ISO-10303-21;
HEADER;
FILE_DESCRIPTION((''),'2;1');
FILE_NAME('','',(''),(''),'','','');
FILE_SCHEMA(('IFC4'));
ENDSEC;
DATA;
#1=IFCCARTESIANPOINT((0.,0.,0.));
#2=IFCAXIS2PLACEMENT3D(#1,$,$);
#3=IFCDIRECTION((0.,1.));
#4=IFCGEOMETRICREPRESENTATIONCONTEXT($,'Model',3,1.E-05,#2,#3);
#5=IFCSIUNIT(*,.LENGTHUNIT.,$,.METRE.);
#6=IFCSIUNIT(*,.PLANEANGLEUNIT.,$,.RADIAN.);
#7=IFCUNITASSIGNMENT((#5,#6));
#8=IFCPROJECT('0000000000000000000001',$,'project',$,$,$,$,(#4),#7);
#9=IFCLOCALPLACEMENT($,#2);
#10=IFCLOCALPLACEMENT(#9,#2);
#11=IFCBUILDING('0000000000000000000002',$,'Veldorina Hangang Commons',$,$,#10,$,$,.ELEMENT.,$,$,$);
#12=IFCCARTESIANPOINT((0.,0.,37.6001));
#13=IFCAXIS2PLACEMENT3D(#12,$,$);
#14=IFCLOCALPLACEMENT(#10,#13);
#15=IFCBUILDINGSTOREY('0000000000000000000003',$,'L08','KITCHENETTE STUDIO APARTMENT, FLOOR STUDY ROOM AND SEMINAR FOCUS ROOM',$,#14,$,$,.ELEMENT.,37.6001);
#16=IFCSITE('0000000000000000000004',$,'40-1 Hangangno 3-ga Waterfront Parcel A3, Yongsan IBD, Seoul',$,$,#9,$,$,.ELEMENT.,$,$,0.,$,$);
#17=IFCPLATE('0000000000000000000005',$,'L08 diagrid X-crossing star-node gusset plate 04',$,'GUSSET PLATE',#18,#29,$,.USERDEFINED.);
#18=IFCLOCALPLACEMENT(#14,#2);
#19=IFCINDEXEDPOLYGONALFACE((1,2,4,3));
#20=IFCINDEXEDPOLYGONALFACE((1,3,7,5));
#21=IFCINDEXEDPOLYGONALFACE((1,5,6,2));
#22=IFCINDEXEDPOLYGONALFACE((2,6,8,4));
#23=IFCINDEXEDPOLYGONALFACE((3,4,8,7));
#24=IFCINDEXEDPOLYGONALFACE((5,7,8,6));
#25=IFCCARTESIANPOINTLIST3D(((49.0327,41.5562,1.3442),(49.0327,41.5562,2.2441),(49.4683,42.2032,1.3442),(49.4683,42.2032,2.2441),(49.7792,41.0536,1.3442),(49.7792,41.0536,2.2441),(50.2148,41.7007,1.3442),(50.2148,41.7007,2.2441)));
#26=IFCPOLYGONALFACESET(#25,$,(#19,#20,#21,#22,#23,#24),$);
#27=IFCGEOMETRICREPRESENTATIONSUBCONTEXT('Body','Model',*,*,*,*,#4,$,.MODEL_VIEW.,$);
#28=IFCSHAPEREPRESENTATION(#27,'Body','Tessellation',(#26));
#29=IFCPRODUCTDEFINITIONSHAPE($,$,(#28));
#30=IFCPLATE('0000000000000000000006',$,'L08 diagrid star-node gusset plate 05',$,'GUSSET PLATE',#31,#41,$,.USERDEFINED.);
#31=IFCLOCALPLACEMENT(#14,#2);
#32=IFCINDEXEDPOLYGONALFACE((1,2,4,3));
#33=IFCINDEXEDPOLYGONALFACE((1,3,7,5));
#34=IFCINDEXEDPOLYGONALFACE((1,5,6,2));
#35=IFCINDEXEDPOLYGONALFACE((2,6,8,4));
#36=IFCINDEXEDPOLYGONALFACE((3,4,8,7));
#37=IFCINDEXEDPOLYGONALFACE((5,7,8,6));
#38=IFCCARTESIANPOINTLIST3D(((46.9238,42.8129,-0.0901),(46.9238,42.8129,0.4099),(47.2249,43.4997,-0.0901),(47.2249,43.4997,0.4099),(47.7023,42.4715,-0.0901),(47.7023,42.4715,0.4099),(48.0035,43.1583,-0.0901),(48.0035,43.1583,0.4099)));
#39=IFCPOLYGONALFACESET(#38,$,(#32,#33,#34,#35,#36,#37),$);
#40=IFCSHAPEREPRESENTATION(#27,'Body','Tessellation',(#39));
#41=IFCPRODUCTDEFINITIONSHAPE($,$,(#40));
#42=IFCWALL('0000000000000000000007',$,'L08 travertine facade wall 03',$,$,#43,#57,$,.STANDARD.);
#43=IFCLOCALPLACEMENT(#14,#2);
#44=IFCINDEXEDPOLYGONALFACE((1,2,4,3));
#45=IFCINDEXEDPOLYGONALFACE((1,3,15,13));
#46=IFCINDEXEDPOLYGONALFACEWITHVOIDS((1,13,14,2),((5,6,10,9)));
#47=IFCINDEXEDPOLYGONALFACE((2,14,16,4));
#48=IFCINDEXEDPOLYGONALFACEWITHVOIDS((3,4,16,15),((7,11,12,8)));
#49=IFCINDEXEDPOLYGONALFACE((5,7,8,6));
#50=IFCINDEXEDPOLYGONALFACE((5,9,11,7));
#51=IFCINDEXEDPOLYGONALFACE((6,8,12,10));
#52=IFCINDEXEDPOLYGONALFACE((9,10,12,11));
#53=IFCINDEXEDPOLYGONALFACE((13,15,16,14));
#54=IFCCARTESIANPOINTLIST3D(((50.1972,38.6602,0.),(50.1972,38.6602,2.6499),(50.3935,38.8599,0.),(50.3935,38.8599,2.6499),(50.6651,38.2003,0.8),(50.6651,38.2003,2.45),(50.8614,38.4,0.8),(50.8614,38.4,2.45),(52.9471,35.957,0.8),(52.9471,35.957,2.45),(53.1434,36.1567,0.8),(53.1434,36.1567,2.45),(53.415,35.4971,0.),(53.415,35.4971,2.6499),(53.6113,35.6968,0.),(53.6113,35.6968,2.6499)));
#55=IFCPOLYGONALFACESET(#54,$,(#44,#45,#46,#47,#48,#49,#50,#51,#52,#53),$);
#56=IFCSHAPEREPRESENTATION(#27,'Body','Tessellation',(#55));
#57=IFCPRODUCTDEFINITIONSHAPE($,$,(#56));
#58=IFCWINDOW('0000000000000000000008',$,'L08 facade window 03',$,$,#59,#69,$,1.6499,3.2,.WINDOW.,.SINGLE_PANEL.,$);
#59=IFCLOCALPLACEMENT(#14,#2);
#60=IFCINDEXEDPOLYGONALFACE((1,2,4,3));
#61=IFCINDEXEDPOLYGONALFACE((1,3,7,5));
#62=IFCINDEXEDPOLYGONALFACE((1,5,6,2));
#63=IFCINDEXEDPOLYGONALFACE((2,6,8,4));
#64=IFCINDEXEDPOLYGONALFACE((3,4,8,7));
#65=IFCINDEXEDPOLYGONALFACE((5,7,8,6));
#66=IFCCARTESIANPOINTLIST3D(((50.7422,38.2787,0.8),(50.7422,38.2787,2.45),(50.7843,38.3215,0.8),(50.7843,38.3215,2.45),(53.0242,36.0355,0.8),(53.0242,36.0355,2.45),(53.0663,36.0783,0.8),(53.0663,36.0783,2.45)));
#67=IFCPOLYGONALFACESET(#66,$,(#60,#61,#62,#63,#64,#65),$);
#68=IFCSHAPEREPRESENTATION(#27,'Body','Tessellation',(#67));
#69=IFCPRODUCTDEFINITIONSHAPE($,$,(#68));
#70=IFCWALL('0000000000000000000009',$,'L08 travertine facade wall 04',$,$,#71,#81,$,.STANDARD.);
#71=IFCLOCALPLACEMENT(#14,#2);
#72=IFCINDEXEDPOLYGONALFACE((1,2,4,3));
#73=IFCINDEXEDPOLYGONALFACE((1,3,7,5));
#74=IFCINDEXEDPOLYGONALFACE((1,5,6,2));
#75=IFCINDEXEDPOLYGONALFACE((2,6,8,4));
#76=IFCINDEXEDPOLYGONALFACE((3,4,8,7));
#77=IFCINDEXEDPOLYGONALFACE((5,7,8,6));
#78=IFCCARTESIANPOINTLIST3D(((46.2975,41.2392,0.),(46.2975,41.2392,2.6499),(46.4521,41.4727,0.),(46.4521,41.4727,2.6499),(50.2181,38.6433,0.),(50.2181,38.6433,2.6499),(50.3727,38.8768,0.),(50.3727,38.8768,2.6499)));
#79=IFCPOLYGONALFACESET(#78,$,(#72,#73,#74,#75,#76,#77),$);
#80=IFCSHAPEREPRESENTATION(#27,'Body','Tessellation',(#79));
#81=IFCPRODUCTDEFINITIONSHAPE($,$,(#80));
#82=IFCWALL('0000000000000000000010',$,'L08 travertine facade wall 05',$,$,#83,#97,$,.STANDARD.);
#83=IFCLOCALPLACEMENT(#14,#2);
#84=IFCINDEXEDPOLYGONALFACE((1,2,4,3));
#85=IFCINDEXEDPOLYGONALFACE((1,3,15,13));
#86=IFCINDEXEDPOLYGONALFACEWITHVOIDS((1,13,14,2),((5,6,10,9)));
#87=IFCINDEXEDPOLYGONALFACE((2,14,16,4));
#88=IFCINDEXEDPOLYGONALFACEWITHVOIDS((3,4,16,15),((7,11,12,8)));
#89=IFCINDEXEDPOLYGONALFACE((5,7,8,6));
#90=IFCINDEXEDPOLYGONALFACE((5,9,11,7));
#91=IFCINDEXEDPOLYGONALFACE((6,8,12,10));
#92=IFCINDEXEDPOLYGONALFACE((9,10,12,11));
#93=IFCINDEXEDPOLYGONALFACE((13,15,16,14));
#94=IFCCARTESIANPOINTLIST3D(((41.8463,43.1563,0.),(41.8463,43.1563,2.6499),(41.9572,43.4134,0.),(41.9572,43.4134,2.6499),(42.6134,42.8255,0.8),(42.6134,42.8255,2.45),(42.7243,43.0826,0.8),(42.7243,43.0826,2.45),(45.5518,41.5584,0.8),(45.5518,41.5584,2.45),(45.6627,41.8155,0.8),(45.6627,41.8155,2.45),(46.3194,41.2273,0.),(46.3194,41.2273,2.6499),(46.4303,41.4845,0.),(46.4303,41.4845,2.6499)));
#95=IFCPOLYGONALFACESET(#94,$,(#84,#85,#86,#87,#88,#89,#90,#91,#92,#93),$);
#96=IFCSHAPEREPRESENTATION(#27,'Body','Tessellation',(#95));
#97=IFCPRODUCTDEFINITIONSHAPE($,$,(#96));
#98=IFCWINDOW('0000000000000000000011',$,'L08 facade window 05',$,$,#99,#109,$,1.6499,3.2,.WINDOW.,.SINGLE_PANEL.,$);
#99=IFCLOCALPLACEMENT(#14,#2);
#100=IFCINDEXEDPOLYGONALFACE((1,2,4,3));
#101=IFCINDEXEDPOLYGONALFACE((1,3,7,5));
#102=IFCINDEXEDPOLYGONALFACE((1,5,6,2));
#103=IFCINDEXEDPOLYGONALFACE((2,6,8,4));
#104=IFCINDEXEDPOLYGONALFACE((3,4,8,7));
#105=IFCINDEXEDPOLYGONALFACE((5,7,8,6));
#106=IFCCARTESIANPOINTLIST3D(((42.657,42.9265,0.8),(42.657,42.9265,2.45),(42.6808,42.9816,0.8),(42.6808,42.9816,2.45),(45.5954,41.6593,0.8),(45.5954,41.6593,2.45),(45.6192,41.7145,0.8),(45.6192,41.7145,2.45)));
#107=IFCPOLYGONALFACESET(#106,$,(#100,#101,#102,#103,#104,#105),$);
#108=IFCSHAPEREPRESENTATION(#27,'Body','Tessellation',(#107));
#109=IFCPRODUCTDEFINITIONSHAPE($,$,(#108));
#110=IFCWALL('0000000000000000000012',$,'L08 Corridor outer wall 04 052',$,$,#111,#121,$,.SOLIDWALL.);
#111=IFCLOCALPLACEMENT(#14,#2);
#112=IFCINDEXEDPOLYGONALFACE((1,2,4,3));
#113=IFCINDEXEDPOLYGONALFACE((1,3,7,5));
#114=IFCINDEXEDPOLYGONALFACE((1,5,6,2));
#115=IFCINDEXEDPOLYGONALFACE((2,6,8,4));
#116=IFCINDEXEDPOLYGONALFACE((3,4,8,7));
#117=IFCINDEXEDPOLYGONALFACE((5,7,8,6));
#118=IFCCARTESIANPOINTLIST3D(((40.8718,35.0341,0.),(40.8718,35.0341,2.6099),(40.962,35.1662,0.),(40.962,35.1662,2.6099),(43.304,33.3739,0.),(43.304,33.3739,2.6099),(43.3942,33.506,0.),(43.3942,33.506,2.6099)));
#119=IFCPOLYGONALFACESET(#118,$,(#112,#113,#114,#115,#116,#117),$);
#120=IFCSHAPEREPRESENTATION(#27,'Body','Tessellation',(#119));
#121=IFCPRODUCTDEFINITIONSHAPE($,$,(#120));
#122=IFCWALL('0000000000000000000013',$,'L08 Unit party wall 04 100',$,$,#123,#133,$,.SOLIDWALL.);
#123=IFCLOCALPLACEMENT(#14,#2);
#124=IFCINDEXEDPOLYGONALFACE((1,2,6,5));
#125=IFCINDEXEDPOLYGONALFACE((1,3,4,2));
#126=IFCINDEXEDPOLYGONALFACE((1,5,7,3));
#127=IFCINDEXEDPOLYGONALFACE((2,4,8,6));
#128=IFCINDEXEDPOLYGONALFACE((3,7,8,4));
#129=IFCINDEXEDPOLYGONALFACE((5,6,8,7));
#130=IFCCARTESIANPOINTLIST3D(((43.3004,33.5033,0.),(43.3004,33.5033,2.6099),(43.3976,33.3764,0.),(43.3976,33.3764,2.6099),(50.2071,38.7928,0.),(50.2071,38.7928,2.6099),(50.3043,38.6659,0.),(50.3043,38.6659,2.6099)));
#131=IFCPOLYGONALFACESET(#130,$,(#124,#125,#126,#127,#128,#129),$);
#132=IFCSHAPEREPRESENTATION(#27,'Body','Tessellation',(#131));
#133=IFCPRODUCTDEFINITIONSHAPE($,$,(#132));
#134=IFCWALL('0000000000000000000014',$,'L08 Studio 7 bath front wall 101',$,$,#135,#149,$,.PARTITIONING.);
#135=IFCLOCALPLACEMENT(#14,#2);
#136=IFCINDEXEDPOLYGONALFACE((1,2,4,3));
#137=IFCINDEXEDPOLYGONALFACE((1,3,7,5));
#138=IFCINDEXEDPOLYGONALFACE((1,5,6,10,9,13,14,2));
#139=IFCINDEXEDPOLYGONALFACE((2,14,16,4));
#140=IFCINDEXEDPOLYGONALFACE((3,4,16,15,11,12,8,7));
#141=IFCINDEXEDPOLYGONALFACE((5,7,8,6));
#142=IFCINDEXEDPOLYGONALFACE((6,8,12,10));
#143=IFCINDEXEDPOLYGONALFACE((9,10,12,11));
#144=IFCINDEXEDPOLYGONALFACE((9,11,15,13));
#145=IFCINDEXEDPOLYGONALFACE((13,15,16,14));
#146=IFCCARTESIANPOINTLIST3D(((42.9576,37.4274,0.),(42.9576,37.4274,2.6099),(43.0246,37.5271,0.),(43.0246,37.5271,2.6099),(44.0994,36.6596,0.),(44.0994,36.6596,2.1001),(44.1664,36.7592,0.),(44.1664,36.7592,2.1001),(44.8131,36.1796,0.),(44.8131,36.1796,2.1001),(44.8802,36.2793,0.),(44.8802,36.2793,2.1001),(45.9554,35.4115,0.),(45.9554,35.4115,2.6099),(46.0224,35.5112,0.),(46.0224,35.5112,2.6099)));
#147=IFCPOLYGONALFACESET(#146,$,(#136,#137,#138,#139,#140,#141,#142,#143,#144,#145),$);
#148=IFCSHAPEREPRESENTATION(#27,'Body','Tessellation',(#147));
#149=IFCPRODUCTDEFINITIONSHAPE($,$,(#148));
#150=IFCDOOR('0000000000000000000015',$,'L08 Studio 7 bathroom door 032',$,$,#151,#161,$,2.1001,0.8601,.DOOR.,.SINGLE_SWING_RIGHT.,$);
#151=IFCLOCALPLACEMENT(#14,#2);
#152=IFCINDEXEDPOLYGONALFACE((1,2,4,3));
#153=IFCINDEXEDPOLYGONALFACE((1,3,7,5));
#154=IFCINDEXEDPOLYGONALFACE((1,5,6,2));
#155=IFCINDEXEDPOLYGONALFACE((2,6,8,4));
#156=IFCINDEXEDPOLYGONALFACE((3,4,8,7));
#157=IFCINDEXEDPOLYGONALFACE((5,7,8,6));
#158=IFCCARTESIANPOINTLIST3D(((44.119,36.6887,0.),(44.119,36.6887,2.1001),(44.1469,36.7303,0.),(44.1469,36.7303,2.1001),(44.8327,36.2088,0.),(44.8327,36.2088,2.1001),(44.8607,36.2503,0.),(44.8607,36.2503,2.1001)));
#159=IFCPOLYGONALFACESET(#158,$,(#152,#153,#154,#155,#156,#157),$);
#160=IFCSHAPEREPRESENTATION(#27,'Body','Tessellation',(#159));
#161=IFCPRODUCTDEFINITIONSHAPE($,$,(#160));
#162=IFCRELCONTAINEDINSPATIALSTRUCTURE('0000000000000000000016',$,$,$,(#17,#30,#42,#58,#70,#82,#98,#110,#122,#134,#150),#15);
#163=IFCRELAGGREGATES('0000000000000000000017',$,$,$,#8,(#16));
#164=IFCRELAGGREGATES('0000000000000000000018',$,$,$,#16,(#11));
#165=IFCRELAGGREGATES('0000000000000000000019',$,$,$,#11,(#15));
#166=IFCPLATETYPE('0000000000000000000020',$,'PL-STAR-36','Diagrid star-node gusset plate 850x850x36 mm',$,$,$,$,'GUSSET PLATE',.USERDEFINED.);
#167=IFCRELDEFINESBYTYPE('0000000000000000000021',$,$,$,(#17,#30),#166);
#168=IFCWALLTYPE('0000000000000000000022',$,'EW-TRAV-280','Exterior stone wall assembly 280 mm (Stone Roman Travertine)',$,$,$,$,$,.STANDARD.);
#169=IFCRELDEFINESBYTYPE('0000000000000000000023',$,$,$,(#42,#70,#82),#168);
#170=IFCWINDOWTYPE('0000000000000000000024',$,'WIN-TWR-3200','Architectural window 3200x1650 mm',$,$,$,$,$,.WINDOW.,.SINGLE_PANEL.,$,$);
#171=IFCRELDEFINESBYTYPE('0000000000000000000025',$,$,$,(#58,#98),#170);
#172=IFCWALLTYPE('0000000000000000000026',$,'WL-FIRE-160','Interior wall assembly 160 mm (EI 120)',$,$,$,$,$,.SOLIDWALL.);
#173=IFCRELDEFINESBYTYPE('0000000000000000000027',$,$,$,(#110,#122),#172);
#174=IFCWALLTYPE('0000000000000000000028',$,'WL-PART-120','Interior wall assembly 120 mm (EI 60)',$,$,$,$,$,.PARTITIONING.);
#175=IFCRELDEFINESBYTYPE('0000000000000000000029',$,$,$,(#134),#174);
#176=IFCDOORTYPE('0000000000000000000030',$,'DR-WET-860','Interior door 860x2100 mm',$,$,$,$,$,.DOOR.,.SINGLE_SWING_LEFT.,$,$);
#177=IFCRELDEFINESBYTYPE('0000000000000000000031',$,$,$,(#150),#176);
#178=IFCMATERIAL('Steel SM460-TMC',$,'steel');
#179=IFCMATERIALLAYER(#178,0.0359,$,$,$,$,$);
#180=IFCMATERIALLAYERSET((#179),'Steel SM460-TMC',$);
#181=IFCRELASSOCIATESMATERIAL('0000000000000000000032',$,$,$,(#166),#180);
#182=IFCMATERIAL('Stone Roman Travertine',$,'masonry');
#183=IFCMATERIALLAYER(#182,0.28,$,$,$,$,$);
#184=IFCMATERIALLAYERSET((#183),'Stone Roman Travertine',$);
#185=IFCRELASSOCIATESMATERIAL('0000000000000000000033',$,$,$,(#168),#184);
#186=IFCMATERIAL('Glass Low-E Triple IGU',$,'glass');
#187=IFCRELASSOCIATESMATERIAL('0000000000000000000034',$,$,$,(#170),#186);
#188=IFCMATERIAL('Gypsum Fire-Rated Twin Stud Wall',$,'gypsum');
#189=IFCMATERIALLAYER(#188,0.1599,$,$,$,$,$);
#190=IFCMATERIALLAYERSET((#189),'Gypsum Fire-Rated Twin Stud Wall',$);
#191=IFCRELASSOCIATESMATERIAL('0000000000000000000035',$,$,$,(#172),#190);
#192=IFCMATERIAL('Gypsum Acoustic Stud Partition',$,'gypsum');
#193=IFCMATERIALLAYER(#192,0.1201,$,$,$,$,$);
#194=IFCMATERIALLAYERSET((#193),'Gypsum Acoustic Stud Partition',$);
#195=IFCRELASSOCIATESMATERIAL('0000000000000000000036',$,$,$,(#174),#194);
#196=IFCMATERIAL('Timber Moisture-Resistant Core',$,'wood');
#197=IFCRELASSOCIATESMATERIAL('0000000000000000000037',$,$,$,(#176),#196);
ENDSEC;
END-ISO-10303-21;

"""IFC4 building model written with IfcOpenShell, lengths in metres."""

from ifc_helpers import new_model, si_unit, direction, frame, frame_2d, origin, origin_2d, place, context, subcontext, project, spatial, rectangle, extrude, material, layer, layer_set, type_object, element, fill, save


model = new_model("IFC4")

# Units and contexts
model_context = context("Model", 3, precision=1e-05, world=origin(), true_north=direction((0.0, 1.0)))
body_context = subcontext(model_context, "Body", "Model", "MODEL_VIEW")
ifc_project = project(units=[si_unit("LENGTHUNIT", "METRE"), si_unit("PLANEANGLEUNIT", "RADIAN")], contexts=[model_context])

# Site, building, storey
site_placement = place(None, origin())
site = spatial("IfcSite", under=ifc_project, at=site_placement, Name="40-1 Hangangno 3-ga Waterfront Parcel A3, Yongsan IBD, Seoul", CompositionType="ELEMENT", RefElevation=0.0)
building_placement = place(site_placement, origin())
building = spatial("IfcBuilding", under=site, at=building_placement, Name="Veldorina Hangang Commons", CompositionType="ELEMENT")
storey_placement = place(building_placement, frame((0.0, 0.0, 37.6001)))
storey = spatial("IfcBuildingStorey", under=building, at=storey_placement, Name="L08", Description="KITCHENETTE STUDIO APARTMENT, FLOOR STUDY ROOM AND SEMINAR FOCUS ROOM", CompositionType="ELEMENT", Elevation=37.6001)

# Shared definitions
ifc_material_1 = material(Name="Steel SM460-TMC", Category="steel")

# Plates
ifc_layer_1 = layer(ifc_material_1, 0.0359)
ifc_layer_set_1 = layer_set([ifc_layer_1], Name="Steel SM460-TMC")
plate_type = type_object("IfcPlateType", Name="PL-STAR-36", Description="Diagrid star-node gusset plate 850x850x36 mm", ElementType="GUSSET PLATE", PredefinedType="USERDEFINED", material=ifc_layer_set_1)
plate_1_placement = place(storey_placement, frame((49.6238, 41.6284, 1.3442), z_axis=(0.0, 0.0, 1.0), x_axis=(-0.829525, 0.558469, 0.0)))
element("IfcPlate", 1, at=plate_1_placement, inside=storey, type_object=plate_type, Name="L08 diagrid X-crossing star-node gusset plate 04", ObjectType="GUSSET PLATE", PredefinedType="USERDEFINED", context=body_context, shape_type="SweptSolid", body=[
    extrude(rectangle(XDim=0.8999, YDim=0.78, at=origin_2d()), origin(), (0.0, 0.0, 1.0), 0.8999),
])
plate_2_placement = place(storey_placement, frame((47.4636, 42.9856, -0.0901), z_axis=(0.0, 0.0, 1.0), x_axis=(-0.915824, 0.40158, 0.0)))
element("IfcPlate", 2, at=plate_2_placement, inside=storey, type_object=plate_type, Name="L08 diagrid star-node gusset plate 05", ObjectType="GUSSET PLATE", PredefinedType="USERDEFINED", context=body_context, shape_type="SweptSolid", body=[
    extrude(rectangle(XDim=0.8501, YDim=0.75, at=origin_2d()), origin(), (0.0, 0.0, 1.0), 0.5),
])

# Wall, opening, window
ifc_material_2 = material(Name="Stone Roman Travertine", Category="masonry")
ifc_layer_2 = layer(ifc_material_2, 0.28)
ifc_layer_set_2 = layer_set([ifc_layer_2], Name="Stone Roman Travertine")
wall_type_1 = type_object("IfcWallType", Name="EW-TRAV-280", Description="Exterior stone wall assembly 280 mm (Stone Roman Travertine)", PredefinedType="STANDARD", material=ifc_layer_set_2)
wall_1_placement = place(storey_placement, frame((53.5132, 35.5969, 0.0), z_axis=(0.0, 0.0, 1.0), x_axis=(-0.713141, 0.701021, 0.0)))
wall_1 = element("IfcWall", 3, at=wall_1_placement, inside=storey, type_object=wall_type_1, Name="L08 travertine facade wall 03", PredefinedType="STANDARD", context=body_context, shape_type="SweptSolid", body=[
    extrude(rectangle(XDim=4.5122, YDim=0.28, at=frame_2d((2.2561, 0.0))), origin(), (0.0, 0.0, 1.0), 2.6499),
])
opening_1_placement = place(wall_1_placement, frame((0.656, 0.0, 0.8)))
opening_1 = element("IfcOpeningElement", 4, at=opening_1_placement, cuts=wall_1, PredefinedType="OPENING", context=body_context, shape_type="SweptSolid", body=[
    extrude(rectangle(XDim=3.2, YDim=1.6499, at=frame_2d((1.6001, 0.825))), frame((0.0, 0.1499, 0.0), z_axis=(0.0, -1.0, 0.0), x_axis=(1.0, 0.0, 0.0)), (0.0, 0.0, 1.0), 0.3),
])
ifc_material_3 = material(Name="Glass Low-E Triple IGU", Category="glass")
window_type = type_object("IfcWindowType", Name="WIN-TWR-3200", Description="Architectural window 3200x1650 mm", PartitioningType="SINGLE_PANEL", PredefinedType="WINDOW", material=ifc_material_3)
window_1_placement = place(opening_1_placement, origin())
window_1 = element("IfcWindow", 5, at=window_1_placement, inside=storey, type_object=window_type, Name="L08 facade window 03", OverallHeight=1.6499, OverallWidth=3.2, PartitioningType="SINGLE_PANEL", PredefinedType="WINDOW", context=body_context, shape_type="SweptSolid", body=[
    extrude(rectangle(XDim=3.2, YDim=1.6499, at=frame_2d((1.6001, 0.825))), frame((0.0, 0.03, 0.0), z_axis=(0.0, -1.0, 0.0), x_axis=(1.0, 0.0, 0.0)), (0.0, 0.0, 1.0), 0.0601),
])
fill(opening_1, window_1)

# Wall
wall_2_placement = place(storey_placement, frame((50.2954, 38.76, 0.0), z_axis=(0.0, 0.0, 1.0), x_axis=(-0.833795, 0.552073, 0.0)))
element("IfcWall", 6, at=wall_2_placement, inside=storey, type_object=wall_type_1, Name="L08 travertine facade wall 04", PredefinedType="STANDARD", context=body_context, shape_type="SweptSolid", body=[
    extrude(rectangle(XDim=4.7021, YDim=0.28, at=frame_2d((2.3511, 0.0))), origin(), (0.0, 0.0, 1.0), 2.6499),
])

# Wall, opening, window
wall_3_placement = place(storey_placement, frame((46.3748, 41.356, 0.0), z_axis=(0.0, 0.0, 1.0), x_axis=(-0.918259, 0.395981, 0.0)))
wall_3 = element("IfcWall", 7, at=wall_3_placement, inside=storey, type_object=wall_type_1, Name="L08 travertine facade wall 05", PredefinedType="STANDARD", context=body_context, shape_type="SweptSolid", body=[
    extrude(rectangle(XDim=4.8713, YDim=0.28, at=frame_2d((2.4355, 0.0))), origin(), (0.0, 0.0, 1.0), 2.6499),
])
opening_2_placement = place(wall_3_placement, frame((0.8357, 0.0, 0.8)))
opening_2 = element("IfcOpeningElement", 8, at=opening_2_placement, cuts=wall_3, PredefinedType="OPENING", context=body_context, shape_type="SweptSolid", body=[
    extrude(rectangle(XDim=3.2, YDim=1.6499, at=frame_2d((1.6001, 0.825))), frame((0.0, 0.1499, 0.0), z_axis=(0.0, -1.0, 0.0), x_axis=(1.0, 0.0, 0.0)), (0.0, 0.0, 1.0), 0.3),
])
window_2_placement = place(opening_2_placement, origin())
window_2 = element("IfcWindow", 9, at=window_2_placement, inside=storey, type_object=window_type, Name="L08 facade window 05", OverallHeight=1.6499, OverallWidth=3.2, PartitioningType="SINGLE_PANEL", PredefinedType="WINDOW", context=body_context, shape_type="SweptSolid", body=[
    extrude(rectangle(XDim=3.2, YDim=1.6499, at=frame_2d((1.6001, 0.825))), frame((0.0, 0.03, 0.0), z_axis=(0.0, -1.0, 0.0), x_axis=(1.0, 0.0, 0.0)), (0.0, 0.0, 1.0), 0.0601),
])
fill(opening_2, window_2)

# Walls
ifc_material_4 = material(Name="Gypsum Fire-Rated Twin Stud Wall", Category="gypsum")
ifc_layer_3 = layer(ifc_material_4, 0.1599)
ifc_layer_set_3 = layer_set([ifc_layer_3], Name="Gypsum Fire-Rated Twin Stud Wall")
wall_type_2 = type_object("IfcWallType", Name="WL-FIRE-160", Description="Interior wall assembly 160 mm (EI 120)", PredefinedType="SOLIDWALL", material=ifc_layer_set_3)
wall_4_placement = place(storey_placement, frame((43.3491, 33.4399, 0.0), z_axis=(0.0, 0.0, 1.0), x_axis=(-0.825929, 0.563774, 0.0)))
element("IfcWall", 10, at=wall_4_placement, inside=storey, type_object=wall_type_2, Name="L08 Corridor outer wall 04 052", PredefinedType="SOLIDWALL", context=body_context, shape_type="SweptSolid", body=[
    extrude(rectangle(XDim=2.9448, YDim=0.1599, at=frame_2d((1.4724, 0.0))), origin(), (0.0, 0.0, 1.0), 2.6099),
])
wall_5_placement = place(storey_placement, frame((43.3491, 33.4399, 0.0), z_axis=(0.0, 0.0, 1.0), x_axis=(0.793918, 0.608025, 0.0)))
element("IfcWall", 11, at=wall_5_placement, inside=storey, type_object=wall_type_2, Name="L08 Unit party wall 04 100", PredefinedType="SOLIDWALL", context=body_context, shape_type="SweptSolid", body=[
    extrude(rectangle(XDim=8.6995, YDim=0.1599, at=frame_2d((4.3496, 0.0))), origin(), (0.0, 0.0, 1.0), 2.6099),
])

# Wall, opening, door
ifc_material_5 = material(Name="Gypsum Acoustic Stud Partition", Category="gypsum")
ifc_layer_4 = layer(ifc_material_5, 0.1201)
ifc_layer_set_4 = layer_set([ifc_layer_4], Name="Gypsum Acoustic Stud Partition")
wall_type_3 = type_object("IfcWallType", Name="WL-PART-120", Description="Interior wall assembly 120 mm (EI 60)", PredefinedType="PARTITIONING", material=ifc_layer_set_4)
wall_6_placement = place(storey_placement, frame((45.9888, 35.4614, 0.0), z_axis=(0.0, 0.0, 1.0), x_axis=(-0.829829, 0.558018, 0.0)))
wall_6 = element("IfcWall", 12, at=wall_6_placement, inside=storey, type_object=wall_type_3, Name="L08 Studio 7 bath front wall 101", PredefinedType="PARTITIONING", context=body_context, shape_type="SweptSolid", body=[
    extrude(rectangle(XDim=3.6125, YDim=0.1201, at=frame_2d((1.8062, 0.0))), origin(), (0.0, 0.0, 1.0), 2.6099),
])
opening_3_placement = place(wall_6_placement, frame((1.3762, 0.0, 0.0)))
opening_3 = element("IfcOpeningElement", 13, at=opening_3_placement, cuts=wall_6, PredefinedType="OPENING", context=body_context, shape_type="SweptSolid", body=[
    extrude(rectangle(XDim=0.8601, YDim=2.1001, at=frame_2d((0.4302, 1.05))), frame((0.0, 0.0701, 0.0), z_axis=(0.0, -1.0, 0.0), x_axis=(1.0, 0.0, 0.0)), (0.0, 0.0, 1.0), 0.1401),
])
ifc_material_6 = material(Name="Timber Moisture-Resistant Core", Category="wood")
door_type = type_object("IfcDoorType", Name="DR-WET-860", Description="Interior door 860x2100 mm", OperationType="SINGLE_SWING_LEFT", PredefinedType="DOOR", material=ifc_material_6)
door_placement = place(opening_3_placement, origin())
door = element("IfcDoor", 14, at=door_placement, inside=storey, type_object=door_type, Name="L08 Studio 7 bathroom door 032", OperationType="SINGLE_SWING_RIGHT", OverallHeight=2.1001, OverallWidth=0.8601, PredefinedType="DOOR", context=body_context, shape_type="SweptSolid", body=[
    extrude(rectangle(XDim=0.8601, YDim=2.1001, at=frame_2d((0.4302, 1.05))), frame((0.0, 0.0249, 0.0), z_axis=(0.0, -1.0, 0.0), x_axis=(1.0, 0.0, 0.0)), (0.0, 0.0, 1.0), 0.05),
])
fill(opening_3, door)

save(model, "model.ifc")
